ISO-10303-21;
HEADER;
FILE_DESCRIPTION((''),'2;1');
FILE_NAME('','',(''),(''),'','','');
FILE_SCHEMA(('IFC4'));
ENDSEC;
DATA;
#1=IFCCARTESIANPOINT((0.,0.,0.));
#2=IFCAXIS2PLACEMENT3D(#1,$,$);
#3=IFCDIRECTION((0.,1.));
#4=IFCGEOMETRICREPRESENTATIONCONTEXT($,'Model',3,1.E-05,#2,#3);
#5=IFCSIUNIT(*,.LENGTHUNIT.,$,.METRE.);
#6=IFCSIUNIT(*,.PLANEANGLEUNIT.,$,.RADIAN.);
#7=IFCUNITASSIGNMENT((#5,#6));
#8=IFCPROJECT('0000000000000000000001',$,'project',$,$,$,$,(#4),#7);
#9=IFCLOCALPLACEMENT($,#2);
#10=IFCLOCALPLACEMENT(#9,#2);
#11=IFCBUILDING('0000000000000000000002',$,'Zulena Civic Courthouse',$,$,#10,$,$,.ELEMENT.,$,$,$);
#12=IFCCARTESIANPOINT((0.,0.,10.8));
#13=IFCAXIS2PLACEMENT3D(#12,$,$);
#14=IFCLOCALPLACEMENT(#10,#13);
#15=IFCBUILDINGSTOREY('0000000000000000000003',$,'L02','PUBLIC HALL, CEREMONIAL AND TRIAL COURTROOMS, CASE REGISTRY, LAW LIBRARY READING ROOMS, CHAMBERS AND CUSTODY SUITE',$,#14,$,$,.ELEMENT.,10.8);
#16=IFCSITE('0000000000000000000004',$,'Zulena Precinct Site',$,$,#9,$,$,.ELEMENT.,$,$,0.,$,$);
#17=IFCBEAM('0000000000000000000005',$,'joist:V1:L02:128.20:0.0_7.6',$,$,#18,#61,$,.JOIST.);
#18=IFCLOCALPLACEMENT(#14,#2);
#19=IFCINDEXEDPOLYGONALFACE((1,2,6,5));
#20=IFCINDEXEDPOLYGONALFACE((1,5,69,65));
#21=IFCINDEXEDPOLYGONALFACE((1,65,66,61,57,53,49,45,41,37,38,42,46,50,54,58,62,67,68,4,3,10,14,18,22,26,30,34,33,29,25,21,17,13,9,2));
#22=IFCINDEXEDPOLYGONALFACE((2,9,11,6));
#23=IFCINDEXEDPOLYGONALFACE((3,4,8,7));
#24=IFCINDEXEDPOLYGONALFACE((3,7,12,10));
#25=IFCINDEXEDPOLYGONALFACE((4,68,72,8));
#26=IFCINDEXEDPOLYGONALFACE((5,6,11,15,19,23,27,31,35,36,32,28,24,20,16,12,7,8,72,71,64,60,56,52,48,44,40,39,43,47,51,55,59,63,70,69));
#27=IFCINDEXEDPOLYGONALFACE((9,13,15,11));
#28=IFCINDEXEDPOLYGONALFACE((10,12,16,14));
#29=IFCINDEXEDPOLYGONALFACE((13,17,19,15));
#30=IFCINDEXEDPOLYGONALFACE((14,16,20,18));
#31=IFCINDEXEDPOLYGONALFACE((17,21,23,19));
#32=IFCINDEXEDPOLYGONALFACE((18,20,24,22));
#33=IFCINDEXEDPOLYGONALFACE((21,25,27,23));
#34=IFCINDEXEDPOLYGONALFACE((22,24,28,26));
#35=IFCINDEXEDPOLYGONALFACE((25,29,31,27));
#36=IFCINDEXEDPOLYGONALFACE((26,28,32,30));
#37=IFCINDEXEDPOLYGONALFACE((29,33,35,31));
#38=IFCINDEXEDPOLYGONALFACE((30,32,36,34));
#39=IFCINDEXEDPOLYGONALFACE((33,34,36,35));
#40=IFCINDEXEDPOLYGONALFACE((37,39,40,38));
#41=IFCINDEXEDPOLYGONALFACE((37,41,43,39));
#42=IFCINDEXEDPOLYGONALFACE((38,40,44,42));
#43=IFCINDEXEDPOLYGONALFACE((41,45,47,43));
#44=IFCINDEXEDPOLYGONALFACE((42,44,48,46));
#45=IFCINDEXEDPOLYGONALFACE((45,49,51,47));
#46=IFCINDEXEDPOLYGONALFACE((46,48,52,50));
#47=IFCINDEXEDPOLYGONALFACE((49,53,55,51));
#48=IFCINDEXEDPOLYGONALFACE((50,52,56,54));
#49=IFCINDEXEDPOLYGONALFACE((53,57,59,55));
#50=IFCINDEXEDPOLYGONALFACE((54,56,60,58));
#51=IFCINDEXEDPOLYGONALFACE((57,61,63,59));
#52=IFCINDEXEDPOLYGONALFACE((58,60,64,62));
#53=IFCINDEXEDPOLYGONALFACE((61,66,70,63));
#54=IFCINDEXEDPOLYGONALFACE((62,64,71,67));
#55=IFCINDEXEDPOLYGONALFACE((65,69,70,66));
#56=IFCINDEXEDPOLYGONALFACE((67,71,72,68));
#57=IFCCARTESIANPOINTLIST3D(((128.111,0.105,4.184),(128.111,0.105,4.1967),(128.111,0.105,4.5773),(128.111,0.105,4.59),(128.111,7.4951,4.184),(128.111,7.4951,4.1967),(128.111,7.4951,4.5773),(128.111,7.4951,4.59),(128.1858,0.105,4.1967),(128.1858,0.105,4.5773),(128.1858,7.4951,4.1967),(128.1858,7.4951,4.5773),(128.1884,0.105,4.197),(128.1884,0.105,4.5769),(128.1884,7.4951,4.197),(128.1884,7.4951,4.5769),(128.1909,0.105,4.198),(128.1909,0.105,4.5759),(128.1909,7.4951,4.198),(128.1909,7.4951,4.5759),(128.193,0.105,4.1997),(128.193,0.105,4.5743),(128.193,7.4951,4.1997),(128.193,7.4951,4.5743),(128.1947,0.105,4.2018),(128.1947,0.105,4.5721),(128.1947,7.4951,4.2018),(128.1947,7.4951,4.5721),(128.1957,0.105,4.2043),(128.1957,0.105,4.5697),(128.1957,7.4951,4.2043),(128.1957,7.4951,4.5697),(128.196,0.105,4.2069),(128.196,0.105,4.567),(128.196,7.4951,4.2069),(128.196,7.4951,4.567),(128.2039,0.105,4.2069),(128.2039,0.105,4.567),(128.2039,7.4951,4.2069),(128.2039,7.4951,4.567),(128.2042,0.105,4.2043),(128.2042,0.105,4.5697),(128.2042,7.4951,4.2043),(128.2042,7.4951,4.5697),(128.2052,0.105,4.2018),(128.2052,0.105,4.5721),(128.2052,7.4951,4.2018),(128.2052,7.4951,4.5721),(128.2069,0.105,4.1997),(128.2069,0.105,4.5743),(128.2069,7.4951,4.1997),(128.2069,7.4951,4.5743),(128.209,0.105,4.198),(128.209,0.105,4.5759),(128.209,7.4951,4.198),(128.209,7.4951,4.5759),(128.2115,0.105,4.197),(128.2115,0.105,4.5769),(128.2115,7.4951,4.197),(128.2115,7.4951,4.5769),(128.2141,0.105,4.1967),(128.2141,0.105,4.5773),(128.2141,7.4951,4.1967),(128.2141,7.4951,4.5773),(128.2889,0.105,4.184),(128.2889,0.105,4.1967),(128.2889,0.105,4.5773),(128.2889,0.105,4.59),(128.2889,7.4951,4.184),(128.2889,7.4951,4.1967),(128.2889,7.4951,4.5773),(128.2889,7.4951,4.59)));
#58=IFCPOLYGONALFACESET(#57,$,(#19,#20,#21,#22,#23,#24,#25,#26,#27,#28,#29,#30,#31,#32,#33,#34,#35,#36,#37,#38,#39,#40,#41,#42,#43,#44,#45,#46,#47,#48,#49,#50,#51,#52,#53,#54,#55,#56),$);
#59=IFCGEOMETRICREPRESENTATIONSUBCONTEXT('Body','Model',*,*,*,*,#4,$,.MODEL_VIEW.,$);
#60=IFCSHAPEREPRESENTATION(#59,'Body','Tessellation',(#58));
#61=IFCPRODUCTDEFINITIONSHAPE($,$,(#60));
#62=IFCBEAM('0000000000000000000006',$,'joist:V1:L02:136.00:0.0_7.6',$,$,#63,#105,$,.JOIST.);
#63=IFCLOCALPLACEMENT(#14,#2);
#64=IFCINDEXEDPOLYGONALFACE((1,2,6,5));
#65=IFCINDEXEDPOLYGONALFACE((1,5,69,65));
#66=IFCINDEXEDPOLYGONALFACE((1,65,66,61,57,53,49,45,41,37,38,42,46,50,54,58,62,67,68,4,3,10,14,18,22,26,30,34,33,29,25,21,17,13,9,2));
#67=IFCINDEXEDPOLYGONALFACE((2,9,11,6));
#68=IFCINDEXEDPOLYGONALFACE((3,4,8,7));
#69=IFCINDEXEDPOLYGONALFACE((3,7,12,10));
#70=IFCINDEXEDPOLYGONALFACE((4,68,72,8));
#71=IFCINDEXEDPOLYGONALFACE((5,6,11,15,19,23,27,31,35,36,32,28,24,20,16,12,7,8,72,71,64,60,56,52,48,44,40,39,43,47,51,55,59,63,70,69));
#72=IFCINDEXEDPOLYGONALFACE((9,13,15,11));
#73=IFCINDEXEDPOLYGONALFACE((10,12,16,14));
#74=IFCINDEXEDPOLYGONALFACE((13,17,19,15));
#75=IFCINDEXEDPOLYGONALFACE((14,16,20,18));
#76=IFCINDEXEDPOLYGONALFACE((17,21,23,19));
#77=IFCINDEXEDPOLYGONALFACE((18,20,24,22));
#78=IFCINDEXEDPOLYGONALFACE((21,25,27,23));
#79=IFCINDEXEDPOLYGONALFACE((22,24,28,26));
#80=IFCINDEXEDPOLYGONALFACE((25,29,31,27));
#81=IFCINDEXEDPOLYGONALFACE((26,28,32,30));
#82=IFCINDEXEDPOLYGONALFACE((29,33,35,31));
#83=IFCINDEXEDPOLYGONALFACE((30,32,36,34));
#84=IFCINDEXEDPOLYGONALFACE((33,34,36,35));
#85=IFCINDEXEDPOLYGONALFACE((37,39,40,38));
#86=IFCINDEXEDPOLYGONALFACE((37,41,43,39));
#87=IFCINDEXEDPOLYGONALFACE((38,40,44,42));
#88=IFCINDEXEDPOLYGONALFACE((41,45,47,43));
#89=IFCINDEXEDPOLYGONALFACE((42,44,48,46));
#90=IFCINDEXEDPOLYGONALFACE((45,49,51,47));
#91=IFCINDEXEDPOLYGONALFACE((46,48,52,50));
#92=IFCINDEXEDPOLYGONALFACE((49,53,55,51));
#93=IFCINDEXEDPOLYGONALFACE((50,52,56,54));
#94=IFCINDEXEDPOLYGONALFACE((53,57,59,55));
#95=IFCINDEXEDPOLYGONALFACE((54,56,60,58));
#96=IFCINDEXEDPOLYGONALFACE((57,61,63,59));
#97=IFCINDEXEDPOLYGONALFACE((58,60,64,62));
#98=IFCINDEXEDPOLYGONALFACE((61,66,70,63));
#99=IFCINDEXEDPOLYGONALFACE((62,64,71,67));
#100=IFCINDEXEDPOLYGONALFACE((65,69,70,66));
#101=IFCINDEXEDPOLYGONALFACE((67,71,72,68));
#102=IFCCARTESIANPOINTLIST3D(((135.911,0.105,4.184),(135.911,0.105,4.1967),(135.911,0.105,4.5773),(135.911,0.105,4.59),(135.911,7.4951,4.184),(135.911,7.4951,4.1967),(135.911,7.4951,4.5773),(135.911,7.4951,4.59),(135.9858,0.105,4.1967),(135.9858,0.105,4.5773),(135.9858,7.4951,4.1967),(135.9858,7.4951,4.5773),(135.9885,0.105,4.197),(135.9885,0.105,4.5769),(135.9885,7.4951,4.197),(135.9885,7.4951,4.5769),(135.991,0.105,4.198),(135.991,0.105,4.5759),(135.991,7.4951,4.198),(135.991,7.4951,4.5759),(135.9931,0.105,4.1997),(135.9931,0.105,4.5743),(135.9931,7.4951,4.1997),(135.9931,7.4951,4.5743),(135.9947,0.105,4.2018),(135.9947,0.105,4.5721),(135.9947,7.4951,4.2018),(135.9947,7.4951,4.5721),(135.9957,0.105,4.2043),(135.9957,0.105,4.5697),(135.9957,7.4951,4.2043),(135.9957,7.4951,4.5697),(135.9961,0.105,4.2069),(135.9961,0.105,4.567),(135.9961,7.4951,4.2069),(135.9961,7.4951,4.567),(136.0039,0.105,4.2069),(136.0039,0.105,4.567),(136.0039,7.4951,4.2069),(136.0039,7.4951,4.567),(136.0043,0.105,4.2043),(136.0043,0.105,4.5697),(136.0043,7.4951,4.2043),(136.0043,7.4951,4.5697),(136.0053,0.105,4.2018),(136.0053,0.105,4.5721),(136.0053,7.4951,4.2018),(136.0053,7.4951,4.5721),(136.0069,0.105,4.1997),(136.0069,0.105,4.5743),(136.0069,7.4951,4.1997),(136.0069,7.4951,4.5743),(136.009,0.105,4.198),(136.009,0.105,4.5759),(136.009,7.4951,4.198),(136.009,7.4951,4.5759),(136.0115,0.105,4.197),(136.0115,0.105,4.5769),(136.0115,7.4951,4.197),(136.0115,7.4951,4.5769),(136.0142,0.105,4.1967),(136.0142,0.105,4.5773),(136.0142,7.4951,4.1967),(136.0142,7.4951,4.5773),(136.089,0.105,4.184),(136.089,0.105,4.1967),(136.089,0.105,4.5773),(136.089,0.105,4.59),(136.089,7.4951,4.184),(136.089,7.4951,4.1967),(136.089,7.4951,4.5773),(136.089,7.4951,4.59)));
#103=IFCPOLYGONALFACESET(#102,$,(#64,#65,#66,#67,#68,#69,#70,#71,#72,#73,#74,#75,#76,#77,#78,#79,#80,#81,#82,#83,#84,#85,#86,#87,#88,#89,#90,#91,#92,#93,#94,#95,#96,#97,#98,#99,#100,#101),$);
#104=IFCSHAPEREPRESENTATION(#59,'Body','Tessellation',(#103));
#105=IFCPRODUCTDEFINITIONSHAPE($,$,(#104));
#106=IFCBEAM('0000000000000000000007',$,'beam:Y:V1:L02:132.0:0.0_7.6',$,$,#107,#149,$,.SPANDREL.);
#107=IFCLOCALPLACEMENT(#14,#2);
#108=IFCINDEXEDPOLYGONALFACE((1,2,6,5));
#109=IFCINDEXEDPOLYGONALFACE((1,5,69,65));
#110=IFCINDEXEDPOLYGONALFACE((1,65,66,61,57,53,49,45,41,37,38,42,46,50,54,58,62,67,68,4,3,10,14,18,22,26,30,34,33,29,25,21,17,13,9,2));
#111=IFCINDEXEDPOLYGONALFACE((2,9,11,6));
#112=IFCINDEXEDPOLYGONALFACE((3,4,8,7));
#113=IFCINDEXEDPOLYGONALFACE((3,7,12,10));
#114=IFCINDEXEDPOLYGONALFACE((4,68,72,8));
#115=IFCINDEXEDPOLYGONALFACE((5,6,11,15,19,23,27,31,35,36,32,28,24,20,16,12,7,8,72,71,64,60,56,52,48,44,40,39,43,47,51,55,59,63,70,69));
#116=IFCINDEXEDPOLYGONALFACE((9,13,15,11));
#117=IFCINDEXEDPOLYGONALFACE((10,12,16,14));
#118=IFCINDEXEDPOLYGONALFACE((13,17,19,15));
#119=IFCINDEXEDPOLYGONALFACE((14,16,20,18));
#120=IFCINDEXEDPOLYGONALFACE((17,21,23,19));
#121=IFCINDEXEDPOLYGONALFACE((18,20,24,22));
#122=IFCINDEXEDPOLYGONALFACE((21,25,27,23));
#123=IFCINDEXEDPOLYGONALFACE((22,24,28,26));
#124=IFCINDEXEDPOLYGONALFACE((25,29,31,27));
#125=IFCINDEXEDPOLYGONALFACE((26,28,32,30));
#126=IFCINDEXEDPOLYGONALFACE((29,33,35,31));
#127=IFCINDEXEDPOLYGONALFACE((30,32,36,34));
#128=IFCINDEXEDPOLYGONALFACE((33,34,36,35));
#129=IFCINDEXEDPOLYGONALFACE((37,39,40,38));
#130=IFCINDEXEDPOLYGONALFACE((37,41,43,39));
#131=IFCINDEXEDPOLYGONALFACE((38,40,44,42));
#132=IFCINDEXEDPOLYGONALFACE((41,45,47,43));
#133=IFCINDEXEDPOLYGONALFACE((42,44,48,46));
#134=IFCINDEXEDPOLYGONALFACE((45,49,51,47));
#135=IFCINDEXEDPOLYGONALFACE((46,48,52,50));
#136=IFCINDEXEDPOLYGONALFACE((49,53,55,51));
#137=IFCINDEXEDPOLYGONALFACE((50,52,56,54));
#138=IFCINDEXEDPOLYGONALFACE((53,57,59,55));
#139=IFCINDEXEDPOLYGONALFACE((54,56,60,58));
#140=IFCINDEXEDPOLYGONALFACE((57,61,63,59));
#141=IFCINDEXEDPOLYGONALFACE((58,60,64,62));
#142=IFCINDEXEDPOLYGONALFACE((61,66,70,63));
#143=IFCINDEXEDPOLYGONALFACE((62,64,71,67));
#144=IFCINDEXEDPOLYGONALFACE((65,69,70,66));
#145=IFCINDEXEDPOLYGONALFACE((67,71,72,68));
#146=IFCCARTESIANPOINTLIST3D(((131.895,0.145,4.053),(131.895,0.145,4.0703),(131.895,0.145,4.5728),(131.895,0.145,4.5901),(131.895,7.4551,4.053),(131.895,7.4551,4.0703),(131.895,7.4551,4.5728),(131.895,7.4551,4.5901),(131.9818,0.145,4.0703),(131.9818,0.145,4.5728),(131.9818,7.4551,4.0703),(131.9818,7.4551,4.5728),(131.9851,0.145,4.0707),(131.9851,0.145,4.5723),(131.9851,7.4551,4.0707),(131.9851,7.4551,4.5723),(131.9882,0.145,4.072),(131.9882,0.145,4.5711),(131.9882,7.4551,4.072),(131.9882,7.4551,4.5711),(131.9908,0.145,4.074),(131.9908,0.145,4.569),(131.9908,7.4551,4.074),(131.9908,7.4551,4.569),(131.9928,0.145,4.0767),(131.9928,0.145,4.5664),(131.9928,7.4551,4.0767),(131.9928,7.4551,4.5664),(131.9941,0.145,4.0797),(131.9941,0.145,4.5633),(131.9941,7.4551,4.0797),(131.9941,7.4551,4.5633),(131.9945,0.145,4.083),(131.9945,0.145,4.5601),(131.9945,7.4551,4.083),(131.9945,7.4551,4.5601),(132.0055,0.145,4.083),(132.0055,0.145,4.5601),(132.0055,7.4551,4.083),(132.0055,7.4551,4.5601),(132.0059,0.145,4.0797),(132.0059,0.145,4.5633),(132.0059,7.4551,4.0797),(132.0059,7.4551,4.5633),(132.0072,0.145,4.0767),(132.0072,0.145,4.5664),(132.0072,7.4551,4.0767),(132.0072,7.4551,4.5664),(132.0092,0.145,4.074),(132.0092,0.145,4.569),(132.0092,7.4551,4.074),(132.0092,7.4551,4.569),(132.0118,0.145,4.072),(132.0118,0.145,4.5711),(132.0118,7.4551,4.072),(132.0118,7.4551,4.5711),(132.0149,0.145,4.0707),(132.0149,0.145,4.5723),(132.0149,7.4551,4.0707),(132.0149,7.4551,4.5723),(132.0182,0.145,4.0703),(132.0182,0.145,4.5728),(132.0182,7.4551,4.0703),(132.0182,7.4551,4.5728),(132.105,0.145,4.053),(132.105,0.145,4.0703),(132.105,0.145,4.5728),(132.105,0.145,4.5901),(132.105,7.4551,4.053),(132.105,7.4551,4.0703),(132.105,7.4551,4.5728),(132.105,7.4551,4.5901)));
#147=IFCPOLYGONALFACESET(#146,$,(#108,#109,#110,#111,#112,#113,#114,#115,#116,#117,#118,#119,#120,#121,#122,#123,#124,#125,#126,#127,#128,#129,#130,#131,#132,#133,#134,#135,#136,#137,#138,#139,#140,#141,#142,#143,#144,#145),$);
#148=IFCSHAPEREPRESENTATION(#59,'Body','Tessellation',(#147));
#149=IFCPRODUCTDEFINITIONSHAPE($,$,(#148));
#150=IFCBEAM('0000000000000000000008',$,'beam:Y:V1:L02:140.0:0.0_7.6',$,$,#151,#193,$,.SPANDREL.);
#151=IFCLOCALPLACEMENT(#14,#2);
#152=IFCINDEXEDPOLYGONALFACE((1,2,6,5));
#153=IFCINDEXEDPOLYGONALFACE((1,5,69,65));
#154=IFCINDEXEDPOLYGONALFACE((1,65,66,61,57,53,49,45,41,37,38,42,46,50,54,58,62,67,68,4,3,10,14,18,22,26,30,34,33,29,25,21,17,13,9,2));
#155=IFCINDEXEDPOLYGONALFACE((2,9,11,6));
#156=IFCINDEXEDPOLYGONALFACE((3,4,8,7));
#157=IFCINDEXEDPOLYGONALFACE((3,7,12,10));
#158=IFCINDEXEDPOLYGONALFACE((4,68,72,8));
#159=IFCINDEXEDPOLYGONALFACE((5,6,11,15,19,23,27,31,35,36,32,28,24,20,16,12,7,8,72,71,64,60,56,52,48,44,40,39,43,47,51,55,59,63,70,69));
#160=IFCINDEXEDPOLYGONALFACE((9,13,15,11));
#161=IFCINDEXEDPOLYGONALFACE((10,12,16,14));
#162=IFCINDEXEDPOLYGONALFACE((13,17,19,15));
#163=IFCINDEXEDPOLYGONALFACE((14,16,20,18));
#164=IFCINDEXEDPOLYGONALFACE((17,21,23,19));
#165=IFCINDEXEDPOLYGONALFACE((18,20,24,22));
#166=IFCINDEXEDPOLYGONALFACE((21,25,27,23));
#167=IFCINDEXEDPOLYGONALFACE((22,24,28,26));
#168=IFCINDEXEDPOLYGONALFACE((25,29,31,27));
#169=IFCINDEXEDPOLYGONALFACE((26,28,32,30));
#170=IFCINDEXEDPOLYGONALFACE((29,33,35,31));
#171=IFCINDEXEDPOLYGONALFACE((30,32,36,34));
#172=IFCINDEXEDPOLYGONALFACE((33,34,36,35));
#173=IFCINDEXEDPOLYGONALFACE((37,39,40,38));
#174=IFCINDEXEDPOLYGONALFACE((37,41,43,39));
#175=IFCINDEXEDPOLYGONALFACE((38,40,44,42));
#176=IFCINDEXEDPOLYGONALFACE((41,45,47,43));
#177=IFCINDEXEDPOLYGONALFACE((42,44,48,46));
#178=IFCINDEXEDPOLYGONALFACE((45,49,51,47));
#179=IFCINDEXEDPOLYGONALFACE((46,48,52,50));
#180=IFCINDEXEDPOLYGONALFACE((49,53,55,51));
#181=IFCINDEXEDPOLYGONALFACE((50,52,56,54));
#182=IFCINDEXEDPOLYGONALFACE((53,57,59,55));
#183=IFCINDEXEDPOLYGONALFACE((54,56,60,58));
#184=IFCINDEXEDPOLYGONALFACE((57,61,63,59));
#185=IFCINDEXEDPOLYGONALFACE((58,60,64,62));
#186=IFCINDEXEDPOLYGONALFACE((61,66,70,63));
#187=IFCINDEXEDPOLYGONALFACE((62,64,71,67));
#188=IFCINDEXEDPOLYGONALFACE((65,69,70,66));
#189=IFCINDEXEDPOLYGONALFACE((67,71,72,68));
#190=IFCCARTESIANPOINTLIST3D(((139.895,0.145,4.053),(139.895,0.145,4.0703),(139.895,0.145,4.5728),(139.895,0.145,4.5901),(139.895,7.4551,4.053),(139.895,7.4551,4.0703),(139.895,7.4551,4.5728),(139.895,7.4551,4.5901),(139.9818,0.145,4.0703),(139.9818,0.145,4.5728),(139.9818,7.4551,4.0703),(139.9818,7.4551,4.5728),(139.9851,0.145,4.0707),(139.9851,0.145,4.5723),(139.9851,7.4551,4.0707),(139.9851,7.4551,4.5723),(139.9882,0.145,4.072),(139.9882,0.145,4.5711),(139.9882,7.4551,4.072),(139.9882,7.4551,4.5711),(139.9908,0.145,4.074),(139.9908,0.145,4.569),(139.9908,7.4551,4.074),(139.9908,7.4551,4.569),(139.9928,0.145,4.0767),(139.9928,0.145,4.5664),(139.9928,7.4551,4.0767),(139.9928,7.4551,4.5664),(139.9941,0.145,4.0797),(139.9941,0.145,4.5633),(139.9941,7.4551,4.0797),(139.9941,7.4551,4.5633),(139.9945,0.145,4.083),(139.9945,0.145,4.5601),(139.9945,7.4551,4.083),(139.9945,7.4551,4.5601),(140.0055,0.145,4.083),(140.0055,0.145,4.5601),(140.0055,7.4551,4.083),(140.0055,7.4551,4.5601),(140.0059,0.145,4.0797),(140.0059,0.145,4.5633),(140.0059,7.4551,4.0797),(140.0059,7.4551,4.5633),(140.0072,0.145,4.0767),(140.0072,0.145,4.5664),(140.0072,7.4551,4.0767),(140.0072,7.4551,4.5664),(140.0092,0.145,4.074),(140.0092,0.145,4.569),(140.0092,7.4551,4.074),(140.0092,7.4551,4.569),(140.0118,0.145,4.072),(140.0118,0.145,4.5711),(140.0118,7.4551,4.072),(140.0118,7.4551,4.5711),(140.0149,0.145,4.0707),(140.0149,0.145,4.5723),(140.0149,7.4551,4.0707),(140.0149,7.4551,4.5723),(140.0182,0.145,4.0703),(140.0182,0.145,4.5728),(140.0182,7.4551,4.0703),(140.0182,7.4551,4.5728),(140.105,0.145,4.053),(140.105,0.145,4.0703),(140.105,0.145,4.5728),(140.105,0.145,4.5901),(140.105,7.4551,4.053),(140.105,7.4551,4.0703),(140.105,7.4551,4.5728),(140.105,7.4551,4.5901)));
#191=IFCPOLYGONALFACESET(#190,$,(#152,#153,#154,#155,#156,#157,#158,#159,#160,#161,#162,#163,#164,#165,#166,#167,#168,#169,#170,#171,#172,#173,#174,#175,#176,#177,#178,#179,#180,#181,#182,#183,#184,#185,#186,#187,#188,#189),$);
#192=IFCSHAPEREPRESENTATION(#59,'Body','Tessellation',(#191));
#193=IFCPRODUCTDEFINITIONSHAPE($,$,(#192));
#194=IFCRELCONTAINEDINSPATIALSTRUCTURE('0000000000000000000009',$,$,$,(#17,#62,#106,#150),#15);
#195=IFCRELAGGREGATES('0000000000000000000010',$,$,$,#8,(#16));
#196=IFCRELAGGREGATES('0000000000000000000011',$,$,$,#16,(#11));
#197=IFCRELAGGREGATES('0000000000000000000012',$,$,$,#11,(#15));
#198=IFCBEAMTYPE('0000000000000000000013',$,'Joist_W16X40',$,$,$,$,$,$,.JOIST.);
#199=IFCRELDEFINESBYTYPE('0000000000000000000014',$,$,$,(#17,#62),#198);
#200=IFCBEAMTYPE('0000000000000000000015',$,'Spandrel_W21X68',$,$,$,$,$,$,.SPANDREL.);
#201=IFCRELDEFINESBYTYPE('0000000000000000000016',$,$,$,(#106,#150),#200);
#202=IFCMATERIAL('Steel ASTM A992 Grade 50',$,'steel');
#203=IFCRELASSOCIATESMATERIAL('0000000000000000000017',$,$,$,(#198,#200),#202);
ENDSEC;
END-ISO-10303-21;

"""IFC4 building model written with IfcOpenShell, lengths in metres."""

from ifc_helpers import new_model, si_unit, direction, frame, origin, origin_2d, place, context, subcontext, project, spatial, i_section, extrude, material, material_profile, profile_set, type_object, element, save


model = new_model("IFC4")

# Units and contexts
model_context = context("Model", 3, precision=1e-05, world=origin(), true_north=direction((0.0, 1.0)))
body_context = subcontext(model_context, "Body", "Model", "MODEL_VIEW")
ifc_project = project(units=[si_unit("LENGTHUNIT", "METRE"), si_unit("PLANEANGLEUNIT", "RADIAN")], contexts=[model_context])

# Site, building, storey
site_placement = place(None, origin())
site = spatial("IfcSite", under=ifc_project, at=site_placement, Name="Zulena Precinct Site", CompositionType="ELEMENT", RefElevation=0.0)
building_placement = place(site_placement, origin())
building = spatial("IfcBuilding", under=site, at=building_placement, Name="Zulena Civic Courthouse", CompositionType="ELEMENT")
storey_placement = place(building_placement, frame((0.0, 0.0, 10.8)))
storey = spatial("IfcBuildingStorey", under=building, at=storey_placement, Name="L02", Description="PUBLIC HALL, CEREMONIAL AND TRIAL COURTROOMS, CASE REGISTRY, LAW LIBRARY READING ROOMS, CHAMBERS AND CUSTODY SUITE", CompositionType="ELEMENT", Elevation=10.8)

# Shared definitions
ifc_material_1 = material(Name="Steel ASTM A992 Grade 50", Category="steel")

# Beams
ifc_material_profile_1 = material_profile(ifc_material_1, i_section(OverallWidth=0.178, OverallDepth=0.406, WebThickness=0.0078, FlangeThickness=0.0127, FilletRadius=0.0103, at=origin_2d()), Name="W16X40")
ifc_profile_set_1 = profile_set([ifc_material_profile_1], Name="Steel ASTM A992 Grade 50")
beam_type_1 = type_object("IfcBeamType", Name="Joist_W16X40", PredefinedType="JOIST", material=ifc_profile_set_1)
for number, where, z_axis, x_axis, name in (
    (1, (128.2, 0.105, 4.387), (0.0, 1.0, 0.0), (-1.0, 0.0, 0.0), "joist:V1:L02:128.20:0.0_7.6"),
    (2, (136.0, 0.105, 4.387), (0.0, 1.0, 0.0), (-1.0, 0.0, 0.0), "joist:V1:L02:136.00:0.0_7.6"),
):
    element("IfcBeam", number, at=place(storey_placement, frame(where, z_axis=z_axis, x_axis=x_axis)), inside=storey, type_object=beam_type_1, Name=name, PredefinedType="JOIST", context=body_context, shape_type="SweptSolid", body=[
        extrude(i_section(OverallWidth=0.178, OverallDepth=0.406, WebThickness=0.0078, FlangeThickness=0.0127, FilletRadius=0.0103, at=origin_2d()), origin(), (0.0, 0.0, 1.0), 7.3901),
    ])
ifc_material_profile_2 = material_profile(ifc_material_1, i_section(OverallWidth=0.21, OverallDepth=0.5371, WebThickness=0.011, FlangeThickness=0.0173, FilletRadius=0.0127, at=origin_2d()), Name="W21X68")
ifc_profile_set_2 = profile_set([ifc_material_profile_2], Name="Steel ASTM A992 Grade 50")
beam_type_2 = type_object("IfcBeamType", Name="Spandrel_W21X68", PredefinedType="SPANDREL", material=ifc_profile_set_2)
for number, where, z_axis, x_axis, name in (
    (3, (132.0, 0.145, 4.3215), (0.0, 1.0, 0.0), (-1.0, 0.0, 0.0), "beam:Y:V1:L02:132.0:0.0_7.6"),
    (4, (140.0, 0.145, 4.3215), (0.0, 1.0, 0.0), (-1.0, 0.0, 0.0), "beam:Y:V1:L02:140.0:0.0_7.6"),
):
    element("IfcBeam", number, at=place(storey_placement, frame(where, z_axis=z_axis, x_axis=x_axis)), inside=storey, type_object=beam_type_2, Name=name, PredefinedType="SPANDREL", context=body_context, shape_type="SweptSolid", body=[
        extrude(i_section(OverallWidth=0.21, OverallDepth=0.5371, WebThickness=0.011, FlangeThickness=0.0173, FilletRadius=0.0127, at=origin_2d()), origin(), (0.0, 0.0, 1.0), 7.3101),
    ])

save(model, "model.ifc")
